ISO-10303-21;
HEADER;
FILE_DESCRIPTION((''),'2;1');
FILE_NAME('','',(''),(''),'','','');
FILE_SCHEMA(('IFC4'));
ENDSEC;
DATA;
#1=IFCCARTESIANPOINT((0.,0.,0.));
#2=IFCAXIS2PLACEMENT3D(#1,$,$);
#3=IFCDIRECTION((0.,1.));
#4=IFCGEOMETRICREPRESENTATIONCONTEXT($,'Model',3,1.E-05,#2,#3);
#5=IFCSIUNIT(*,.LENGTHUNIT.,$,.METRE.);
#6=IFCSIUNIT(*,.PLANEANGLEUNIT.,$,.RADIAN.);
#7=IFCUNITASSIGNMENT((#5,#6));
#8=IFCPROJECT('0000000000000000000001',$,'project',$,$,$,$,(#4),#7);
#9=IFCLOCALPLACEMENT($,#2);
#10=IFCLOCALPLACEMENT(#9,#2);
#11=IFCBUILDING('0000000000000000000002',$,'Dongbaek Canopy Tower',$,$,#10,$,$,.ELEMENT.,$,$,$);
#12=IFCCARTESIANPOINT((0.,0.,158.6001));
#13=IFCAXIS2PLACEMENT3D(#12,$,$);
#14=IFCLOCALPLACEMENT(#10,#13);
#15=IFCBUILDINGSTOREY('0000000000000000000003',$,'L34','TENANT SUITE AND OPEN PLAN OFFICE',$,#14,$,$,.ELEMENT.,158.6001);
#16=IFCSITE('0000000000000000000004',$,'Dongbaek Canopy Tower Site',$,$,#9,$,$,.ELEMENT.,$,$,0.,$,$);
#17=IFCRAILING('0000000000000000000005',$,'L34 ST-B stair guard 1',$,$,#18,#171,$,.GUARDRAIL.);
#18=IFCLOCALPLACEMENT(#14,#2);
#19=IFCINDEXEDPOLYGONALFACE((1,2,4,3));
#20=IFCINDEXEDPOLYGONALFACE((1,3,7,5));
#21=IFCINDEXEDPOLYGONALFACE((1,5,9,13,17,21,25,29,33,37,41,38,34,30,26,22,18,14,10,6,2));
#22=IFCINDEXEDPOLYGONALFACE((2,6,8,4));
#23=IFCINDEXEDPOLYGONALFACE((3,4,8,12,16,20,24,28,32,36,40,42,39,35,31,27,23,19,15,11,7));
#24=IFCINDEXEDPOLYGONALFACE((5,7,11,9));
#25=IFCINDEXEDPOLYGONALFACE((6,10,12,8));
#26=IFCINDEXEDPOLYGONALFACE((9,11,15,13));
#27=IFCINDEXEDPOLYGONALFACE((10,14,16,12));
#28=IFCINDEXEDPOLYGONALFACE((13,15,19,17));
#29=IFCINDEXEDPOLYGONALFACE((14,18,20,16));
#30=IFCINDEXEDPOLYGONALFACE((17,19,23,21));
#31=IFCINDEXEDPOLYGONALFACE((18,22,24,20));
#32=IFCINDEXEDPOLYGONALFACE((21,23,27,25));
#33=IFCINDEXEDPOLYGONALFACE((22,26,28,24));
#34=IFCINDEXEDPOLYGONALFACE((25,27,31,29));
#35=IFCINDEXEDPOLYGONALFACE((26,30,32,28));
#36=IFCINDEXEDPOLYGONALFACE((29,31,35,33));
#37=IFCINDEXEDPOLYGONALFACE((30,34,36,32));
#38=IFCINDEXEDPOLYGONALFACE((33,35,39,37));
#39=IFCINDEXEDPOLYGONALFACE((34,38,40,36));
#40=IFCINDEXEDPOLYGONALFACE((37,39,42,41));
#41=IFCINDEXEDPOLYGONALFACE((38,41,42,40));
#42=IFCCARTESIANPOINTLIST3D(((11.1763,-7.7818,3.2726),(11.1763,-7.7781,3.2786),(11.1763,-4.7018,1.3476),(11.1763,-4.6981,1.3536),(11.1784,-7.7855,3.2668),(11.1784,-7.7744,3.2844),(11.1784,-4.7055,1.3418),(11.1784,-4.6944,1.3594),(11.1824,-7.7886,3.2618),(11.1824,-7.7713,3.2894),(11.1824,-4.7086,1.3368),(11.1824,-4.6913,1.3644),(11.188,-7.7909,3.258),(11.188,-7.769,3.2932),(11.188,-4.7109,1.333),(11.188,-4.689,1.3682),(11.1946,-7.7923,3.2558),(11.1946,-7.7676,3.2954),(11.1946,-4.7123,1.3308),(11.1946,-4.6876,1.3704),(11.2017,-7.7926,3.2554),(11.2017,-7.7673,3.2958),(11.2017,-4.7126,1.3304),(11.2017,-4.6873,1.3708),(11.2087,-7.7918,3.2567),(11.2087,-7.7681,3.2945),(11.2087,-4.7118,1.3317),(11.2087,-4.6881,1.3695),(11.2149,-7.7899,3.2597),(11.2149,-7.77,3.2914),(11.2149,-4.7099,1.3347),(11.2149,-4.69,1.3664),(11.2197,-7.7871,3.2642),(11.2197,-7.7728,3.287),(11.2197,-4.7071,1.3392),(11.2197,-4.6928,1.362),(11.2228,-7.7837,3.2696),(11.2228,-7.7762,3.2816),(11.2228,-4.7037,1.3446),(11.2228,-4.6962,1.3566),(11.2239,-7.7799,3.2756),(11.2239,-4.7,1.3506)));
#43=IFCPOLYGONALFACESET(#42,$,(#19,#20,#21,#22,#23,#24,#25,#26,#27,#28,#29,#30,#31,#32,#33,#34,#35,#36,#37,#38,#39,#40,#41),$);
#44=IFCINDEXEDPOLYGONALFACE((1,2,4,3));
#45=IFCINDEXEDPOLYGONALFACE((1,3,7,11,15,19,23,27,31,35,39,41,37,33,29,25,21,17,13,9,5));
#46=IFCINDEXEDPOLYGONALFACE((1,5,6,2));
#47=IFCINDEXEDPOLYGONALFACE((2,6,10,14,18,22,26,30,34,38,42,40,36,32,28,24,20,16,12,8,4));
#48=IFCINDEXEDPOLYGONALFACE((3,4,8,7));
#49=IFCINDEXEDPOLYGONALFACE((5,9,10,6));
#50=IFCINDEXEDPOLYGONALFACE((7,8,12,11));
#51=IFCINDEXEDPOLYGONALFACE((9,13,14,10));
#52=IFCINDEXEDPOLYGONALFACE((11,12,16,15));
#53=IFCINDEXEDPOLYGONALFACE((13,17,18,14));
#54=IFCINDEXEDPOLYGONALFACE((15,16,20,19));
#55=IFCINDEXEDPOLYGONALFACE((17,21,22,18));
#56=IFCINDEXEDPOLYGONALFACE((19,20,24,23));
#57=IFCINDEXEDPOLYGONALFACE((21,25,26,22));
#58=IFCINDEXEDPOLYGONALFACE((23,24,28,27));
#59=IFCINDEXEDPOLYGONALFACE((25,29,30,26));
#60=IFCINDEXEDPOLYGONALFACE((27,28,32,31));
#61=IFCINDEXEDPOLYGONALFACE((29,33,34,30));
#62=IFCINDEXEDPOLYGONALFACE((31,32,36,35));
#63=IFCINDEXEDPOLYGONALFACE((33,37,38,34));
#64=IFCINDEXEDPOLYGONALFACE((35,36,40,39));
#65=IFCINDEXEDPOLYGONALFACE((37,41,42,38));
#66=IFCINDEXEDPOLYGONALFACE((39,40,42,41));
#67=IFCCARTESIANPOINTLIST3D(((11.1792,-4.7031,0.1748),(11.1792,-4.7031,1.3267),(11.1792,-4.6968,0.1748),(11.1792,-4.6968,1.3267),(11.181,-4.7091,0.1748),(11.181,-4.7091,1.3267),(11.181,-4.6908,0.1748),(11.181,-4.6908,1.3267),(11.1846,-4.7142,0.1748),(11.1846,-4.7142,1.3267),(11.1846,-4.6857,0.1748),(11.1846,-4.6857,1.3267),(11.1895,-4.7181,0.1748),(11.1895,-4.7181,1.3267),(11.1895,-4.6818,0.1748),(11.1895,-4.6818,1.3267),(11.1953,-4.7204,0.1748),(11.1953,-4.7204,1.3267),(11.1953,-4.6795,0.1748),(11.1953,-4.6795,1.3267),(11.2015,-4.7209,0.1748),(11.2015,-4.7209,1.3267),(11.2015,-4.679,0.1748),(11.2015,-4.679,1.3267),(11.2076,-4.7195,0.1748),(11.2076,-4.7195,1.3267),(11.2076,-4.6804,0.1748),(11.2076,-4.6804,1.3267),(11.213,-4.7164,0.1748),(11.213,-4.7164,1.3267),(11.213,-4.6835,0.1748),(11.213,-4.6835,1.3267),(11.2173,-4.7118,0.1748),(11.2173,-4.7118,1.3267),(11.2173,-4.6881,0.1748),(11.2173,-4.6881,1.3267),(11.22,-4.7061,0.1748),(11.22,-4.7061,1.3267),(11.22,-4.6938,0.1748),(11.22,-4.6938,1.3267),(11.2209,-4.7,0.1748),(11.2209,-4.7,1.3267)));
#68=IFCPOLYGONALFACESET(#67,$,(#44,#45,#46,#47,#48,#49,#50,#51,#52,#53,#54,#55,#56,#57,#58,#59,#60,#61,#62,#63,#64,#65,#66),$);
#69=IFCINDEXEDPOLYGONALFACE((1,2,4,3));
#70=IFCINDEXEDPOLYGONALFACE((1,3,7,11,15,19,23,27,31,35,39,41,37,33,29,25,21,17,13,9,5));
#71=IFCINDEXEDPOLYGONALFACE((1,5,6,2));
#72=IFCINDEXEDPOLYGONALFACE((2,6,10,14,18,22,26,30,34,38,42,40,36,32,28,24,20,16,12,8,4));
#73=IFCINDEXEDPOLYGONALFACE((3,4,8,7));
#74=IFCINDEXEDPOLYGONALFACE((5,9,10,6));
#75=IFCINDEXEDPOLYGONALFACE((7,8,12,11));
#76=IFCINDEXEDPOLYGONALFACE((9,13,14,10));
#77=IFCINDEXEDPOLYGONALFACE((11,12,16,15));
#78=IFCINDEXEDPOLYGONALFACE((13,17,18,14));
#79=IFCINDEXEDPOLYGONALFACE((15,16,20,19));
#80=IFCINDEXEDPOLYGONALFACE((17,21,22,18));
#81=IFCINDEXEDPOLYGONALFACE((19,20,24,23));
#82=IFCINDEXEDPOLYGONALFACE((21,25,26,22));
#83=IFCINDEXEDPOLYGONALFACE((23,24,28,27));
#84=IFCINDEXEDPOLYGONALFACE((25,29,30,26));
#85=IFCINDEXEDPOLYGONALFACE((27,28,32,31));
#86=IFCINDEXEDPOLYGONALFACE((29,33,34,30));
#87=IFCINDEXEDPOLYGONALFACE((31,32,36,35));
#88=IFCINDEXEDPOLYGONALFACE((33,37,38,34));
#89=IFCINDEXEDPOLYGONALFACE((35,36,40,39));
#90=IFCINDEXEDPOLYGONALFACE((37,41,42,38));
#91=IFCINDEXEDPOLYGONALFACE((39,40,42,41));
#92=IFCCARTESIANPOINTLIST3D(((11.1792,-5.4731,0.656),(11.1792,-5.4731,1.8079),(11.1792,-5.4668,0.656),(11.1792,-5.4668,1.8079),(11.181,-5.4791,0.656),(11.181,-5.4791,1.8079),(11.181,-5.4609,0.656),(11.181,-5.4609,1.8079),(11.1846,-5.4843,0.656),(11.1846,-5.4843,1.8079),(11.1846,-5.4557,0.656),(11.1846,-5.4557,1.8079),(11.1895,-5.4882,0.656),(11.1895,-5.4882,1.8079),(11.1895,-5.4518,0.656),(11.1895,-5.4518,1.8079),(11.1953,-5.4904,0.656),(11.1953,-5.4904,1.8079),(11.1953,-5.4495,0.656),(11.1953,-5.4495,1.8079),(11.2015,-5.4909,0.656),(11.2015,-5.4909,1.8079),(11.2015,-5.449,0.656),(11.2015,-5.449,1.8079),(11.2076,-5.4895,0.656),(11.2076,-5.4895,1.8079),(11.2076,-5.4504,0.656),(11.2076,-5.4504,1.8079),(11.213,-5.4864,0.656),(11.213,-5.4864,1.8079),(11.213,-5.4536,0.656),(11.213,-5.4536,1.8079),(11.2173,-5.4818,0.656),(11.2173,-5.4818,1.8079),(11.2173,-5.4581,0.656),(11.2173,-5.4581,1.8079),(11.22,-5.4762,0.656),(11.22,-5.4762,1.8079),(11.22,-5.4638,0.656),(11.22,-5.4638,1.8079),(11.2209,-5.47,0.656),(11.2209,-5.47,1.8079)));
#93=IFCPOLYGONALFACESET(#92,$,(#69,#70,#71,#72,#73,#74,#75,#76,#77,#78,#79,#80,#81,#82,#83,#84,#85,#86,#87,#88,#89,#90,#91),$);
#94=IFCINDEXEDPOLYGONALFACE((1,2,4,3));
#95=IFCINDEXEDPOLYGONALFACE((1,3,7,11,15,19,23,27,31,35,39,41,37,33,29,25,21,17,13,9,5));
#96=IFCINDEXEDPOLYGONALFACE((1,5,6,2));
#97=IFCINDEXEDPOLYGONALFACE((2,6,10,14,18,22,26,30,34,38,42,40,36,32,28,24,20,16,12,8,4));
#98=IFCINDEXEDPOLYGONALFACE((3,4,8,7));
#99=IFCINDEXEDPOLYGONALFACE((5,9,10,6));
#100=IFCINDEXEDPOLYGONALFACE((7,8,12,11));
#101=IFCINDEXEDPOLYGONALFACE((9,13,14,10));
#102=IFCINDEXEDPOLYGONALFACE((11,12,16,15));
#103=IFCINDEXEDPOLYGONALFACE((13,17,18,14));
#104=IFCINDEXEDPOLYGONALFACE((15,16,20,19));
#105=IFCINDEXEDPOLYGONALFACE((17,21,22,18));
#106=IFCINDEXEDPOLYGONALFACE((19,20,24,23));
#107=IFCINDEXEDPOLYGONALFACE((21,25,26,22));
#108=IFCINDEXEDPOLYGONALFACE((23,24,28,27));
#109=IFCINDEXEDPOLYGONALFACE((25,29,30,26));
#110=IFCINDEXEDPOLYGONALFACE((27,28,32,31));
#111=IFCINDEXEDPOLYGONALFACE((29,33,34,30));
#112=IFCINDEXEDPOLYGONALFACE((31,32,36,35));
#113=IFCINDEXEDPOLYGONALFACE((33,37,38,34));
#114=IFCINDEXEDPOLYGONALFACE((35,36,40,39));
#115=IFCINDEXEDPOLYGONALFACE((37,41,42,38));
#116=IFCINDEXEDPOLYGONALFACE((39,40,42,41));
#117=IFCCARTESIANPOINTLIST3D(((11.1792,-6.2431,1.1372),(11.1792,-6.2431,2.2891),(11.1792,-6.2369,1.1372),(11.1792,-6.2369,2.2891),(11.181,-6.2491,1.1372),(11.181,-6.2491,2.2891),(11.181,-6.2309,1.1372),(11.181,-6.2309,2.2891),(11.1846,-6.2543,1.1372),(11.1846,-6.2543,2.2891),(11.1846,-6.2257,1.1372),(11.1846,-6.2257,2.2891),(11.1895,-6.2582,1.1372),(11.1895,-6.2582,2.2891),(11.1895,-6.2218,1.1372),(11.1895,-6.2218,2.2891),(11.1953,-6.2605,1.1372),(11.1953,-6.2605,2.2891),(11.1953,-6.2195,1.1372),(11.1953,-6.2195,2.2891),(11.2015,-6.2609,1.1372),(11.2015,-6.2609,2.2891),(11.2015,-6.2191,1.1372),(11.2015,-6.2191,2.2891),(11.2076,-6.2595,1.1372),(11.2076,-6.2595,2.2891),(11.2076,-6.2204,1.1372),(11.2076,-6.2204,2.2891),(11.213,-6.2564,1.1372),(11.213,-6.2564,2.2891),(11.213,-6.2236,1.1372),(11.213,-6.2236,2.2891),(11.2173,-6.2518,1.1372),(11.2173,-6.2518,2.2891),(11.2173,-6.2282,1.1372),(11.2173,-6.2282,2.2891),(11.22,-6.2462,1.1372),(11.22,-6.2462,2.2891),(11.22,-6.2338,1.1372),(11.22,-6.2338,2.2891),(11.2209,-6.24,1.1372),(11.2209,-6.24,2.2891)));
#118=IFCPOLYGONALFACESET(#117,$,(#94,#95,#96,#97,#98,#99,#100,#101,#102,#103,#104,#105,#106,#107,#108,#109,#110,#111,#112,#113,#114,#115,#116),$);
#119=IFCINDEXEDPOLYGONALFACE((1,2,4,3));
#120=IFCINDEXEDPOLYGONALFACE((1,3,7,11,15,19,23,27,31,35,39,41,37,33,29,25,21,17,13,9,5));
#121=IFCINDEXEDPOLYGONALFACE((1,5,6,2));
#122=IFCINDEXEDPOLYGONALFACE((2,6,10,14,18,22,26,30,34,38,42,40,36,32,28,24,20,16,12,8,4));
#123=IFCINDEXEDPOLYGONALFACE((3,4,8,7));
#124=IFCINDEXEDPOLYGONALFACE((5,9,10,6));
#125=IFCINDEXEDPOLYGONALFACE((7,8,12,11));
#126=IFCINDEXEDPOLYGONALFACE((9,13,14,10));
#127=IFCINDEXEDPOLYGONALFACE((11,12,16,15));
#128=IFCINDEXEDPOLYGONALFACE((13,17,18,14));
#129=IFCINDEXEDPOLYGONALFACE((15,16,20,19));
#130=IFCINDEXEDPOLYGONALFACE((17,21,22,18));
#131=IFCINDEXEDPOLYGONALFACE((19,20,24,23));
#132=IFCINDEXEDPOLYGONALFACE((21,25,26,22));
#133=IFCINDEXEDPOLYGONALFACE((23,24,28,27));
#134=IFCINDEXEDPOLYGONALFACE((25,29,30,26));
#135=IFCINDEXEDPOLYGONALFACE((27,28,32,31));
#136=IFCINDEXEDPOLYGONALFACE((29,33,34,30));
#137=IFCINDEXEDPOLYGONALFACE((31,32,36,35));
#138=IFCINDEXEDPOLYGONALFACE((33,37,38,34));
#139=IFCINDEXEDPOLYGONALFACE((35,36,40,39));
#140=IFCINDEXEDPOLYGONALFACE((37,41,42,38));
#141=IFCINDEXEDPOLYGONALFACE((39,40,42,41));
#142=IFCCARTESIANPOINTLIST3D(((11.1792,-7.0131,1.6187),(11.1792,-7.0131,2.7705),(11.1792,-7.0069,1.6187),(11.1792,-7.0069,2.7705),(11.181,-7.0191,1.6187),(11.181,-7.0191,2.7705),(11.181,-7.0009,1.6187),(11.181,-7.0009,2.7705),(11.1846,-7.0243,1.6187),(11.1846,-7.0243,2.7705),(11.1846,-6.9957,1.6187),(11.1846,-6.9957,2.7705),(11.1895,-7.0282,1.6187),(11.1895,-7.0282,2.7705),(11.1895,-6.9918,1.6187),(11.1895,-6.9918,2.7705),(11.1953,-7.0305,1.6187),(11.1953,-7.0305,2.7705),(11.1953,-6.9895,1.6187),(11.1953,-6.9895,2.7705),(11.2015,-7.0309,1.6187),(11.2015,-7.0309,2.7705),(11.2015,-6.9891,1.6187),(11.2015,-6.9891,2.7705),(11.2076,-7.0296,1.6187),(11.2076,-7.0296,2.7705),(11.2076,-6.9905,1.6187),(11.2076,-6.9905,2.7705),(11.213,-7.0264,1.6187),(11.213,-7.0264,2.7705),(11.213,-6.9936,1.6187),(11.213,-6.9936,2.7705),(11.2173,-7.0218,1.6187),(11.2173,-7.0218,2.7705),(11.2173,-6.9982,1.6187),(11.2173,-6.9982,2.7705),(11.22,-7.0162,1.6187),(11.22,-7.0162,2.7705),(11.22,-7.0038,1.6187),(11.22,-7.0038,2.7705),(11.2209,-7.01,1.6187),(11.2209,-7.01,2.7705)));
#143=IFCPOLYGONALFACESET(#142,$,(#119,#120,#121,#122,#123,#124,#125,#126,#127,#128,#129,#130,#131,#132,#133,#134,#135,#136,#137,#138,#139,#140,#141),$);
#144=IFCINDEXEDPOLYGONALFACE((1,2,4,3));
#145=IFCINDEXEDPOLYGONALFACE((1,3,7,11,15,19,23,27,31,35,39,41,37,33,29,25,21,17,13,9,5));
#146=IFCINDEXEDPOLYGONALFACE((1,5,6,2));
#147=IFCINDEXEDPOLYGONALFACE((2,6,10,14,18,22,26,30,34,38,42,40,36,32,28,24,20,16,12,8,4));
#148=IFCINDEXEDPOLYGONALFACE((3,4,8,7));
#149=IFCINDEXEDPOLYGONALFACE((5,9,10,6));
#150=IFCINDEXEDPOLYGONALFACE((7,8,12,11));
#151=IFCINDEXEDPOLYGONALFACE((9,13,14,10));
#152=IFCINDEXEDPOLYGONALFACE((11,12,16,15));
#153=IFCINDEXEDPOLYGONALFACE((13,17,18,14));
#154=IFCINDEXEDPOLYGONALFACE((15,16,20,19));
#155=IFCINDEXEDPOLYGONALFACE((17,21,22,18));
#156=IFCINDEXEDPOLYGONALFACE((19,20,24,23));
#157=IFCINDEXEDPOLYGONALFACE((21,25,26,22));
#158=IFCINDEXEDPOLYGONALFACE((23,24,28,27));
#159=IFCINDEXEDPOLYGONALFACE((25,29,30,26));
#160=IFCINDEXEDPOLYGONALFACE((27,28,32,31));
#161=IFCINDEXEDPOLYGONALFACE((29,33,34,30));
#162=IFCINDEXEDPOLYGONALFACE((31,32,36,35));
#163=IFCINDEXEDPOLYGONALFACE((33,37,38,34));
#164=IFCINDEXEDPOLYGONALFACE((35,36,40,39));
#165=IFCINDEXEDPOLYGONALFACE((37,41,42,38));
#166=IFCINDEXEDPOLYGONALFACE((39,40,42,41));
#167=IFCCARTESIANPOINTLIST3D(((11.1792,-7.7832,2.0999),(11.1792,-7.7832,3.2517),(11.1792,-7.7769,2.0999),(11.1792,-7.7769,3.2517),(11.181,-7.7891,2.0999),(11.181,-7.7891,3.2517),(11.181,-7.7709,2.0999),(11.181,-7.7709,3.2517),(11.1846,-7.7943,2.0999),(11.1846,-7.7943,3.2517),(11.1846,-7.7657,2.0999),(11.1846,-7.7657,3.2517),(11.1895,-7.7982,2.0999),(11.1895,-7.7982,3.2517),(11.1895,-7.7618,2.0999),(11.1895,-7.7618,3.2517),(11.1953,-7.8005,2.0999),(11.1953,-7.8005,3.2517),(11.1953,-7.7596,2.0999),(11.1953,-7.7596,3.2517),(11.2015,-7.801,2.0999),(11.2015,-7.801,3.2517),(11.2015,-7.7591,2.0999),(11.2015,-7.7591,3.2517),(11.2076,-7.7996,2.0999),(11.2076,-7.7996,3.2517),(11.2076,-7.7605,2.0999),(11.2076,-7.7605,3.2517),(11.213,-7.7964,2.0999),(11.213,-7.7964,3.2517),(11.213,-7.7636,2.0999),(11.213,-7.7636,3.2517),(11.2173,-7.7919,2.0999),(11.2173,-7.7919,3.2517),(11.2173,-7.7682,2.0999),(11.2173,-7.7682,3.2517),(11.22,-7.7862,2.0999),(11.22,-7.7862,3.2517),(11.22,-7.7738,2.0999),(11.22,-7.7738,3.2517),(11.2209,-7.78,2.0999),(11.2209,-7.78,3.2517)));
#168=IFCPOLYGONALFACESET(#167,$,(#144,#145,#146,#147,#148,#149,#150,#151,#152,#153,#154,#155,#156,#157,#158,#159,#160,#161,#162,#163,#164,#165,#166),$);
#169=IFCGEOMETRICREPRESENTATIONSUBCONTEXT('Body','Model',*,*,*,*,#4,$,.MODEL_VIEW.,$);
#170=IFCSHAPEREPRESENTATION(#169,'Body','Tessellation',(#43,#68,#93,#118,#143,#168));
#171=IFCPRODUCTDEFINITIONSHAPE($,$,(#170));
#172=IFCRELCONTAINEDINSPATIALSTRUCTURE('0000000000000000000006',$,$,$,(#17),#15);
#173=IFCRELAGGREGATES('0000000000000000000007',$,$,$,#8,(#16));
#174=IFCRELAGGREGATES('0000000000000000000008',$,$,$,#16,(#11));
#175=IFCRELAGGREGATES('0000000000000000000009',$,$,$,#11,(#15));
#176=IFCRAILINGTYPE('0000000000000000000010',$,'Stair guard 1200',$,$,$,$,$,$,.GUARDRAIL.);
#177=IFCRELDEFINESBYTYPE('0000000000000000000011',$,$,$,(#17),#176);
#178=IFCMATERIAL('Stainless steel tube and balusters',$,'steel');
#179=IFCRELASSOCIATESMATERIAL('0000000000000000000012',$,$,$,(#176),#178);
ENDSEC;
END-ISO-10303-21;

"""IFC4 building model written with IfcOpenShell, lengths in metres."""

from ifc_helpers import new_model, si_unit, direction, frame, origin, origin_2d, place, context, subcontext, project, spatial, circle, extrude, material, type_object, element, save


model = new_model("IFC4")

# Units and contexts
model_context = context("Model", 3, precision=1e-05, world=origin(), true_north=direction((0.0, 1.0)))
body_context = subcontext(model_context, "Body", "Model", "MODEL_VIEW")
ifc_project = project(units=[si_unit("LENGTHUNIT", "METRE"), si_unit("PLANEANGLEUNIT", "RADIAN")], contexts=[model_context])

# Site, building, storey
site_placement = place(None, origin())
site = spatial("IfcSite", under=ifc_project, at=site_placement, Name="Dongbaek Canopy Tower Site", CompositionType="ELEMENT", RefElevation=0.0)
building_placement = place(site_placement, origin())
building = spatial("IfcBuilding", under=site, at=building_placement, Name="Dongbaek Canopy Tower", CompositionType="ELEMENT")
storey_placement = place(building_placement, frame((0.0, 0.0, 158.6001)))
storey = spatial("IfcBuildingStorey", under=building, at=storey_placement, Name="L34", Description="TENANT SUITE AND OPEN PLAN OFFICE", CompositionType="ELEMENT", Elevation=158.6001)

# Railing
ifc_material_1 = material(Name="Stainless steel tube and balusters", Category="steel")
railing_type_1 = type_object("IfcRailingType", Name="Stair guard 1200", PredefinedType="GUARDRAIL", material=ifc_material_1)
railing_1_placement = place(storey_placement, frame((11.2, -4.7, 0.1748)))
element("IfcRailing", 1, at=railing_1_placement, inside=storey, type_object=railing_type_1, Name="L34 ST-B stair guard 1", PredefinedType="GUARDRAIL", context=body_context, shape_type="SweptSolid", body=[
    extrude(circle(Radius=0.0239, at=origin_2d()), frame((0.0, 0.0, 1.1758), z_axis=(0.0, -0.847998, 0.529999), x_axis=(1.0, 0.0, 0.0)), (0.0, 0.0, 1.0), 3.6321),
    extrude(circle(Radius=0.021, at=origin_2d()), origin(), (0.0, 0.0, 1.0), 1.1519),
    extrude(circle(Radius=0.021, at=origin_2d()), frame((0.0, -0.77, 0.4812)), (0.0, 0.0, 1.0), 1.1519),
    extrude(circle(Radius=0.021, at=origin_2d()), frame((0.0, -1.54, 0.9624)), (0.0, 0.0, 1.0), 1.1519),
    extrude(circle(Radius=0.021, at=origin_2d()), frame((0.0, -2.3101, 1.4438)), (0.0, 0.0, 1.0), 1.1519),
    extrude(circle(Radius=0.021, at=origin_2d()), frame((0.0, -3.0801, 1.925)), (0.0, 0.0, 1.0), 1.1519),
])

save(model, "model.ifc")
